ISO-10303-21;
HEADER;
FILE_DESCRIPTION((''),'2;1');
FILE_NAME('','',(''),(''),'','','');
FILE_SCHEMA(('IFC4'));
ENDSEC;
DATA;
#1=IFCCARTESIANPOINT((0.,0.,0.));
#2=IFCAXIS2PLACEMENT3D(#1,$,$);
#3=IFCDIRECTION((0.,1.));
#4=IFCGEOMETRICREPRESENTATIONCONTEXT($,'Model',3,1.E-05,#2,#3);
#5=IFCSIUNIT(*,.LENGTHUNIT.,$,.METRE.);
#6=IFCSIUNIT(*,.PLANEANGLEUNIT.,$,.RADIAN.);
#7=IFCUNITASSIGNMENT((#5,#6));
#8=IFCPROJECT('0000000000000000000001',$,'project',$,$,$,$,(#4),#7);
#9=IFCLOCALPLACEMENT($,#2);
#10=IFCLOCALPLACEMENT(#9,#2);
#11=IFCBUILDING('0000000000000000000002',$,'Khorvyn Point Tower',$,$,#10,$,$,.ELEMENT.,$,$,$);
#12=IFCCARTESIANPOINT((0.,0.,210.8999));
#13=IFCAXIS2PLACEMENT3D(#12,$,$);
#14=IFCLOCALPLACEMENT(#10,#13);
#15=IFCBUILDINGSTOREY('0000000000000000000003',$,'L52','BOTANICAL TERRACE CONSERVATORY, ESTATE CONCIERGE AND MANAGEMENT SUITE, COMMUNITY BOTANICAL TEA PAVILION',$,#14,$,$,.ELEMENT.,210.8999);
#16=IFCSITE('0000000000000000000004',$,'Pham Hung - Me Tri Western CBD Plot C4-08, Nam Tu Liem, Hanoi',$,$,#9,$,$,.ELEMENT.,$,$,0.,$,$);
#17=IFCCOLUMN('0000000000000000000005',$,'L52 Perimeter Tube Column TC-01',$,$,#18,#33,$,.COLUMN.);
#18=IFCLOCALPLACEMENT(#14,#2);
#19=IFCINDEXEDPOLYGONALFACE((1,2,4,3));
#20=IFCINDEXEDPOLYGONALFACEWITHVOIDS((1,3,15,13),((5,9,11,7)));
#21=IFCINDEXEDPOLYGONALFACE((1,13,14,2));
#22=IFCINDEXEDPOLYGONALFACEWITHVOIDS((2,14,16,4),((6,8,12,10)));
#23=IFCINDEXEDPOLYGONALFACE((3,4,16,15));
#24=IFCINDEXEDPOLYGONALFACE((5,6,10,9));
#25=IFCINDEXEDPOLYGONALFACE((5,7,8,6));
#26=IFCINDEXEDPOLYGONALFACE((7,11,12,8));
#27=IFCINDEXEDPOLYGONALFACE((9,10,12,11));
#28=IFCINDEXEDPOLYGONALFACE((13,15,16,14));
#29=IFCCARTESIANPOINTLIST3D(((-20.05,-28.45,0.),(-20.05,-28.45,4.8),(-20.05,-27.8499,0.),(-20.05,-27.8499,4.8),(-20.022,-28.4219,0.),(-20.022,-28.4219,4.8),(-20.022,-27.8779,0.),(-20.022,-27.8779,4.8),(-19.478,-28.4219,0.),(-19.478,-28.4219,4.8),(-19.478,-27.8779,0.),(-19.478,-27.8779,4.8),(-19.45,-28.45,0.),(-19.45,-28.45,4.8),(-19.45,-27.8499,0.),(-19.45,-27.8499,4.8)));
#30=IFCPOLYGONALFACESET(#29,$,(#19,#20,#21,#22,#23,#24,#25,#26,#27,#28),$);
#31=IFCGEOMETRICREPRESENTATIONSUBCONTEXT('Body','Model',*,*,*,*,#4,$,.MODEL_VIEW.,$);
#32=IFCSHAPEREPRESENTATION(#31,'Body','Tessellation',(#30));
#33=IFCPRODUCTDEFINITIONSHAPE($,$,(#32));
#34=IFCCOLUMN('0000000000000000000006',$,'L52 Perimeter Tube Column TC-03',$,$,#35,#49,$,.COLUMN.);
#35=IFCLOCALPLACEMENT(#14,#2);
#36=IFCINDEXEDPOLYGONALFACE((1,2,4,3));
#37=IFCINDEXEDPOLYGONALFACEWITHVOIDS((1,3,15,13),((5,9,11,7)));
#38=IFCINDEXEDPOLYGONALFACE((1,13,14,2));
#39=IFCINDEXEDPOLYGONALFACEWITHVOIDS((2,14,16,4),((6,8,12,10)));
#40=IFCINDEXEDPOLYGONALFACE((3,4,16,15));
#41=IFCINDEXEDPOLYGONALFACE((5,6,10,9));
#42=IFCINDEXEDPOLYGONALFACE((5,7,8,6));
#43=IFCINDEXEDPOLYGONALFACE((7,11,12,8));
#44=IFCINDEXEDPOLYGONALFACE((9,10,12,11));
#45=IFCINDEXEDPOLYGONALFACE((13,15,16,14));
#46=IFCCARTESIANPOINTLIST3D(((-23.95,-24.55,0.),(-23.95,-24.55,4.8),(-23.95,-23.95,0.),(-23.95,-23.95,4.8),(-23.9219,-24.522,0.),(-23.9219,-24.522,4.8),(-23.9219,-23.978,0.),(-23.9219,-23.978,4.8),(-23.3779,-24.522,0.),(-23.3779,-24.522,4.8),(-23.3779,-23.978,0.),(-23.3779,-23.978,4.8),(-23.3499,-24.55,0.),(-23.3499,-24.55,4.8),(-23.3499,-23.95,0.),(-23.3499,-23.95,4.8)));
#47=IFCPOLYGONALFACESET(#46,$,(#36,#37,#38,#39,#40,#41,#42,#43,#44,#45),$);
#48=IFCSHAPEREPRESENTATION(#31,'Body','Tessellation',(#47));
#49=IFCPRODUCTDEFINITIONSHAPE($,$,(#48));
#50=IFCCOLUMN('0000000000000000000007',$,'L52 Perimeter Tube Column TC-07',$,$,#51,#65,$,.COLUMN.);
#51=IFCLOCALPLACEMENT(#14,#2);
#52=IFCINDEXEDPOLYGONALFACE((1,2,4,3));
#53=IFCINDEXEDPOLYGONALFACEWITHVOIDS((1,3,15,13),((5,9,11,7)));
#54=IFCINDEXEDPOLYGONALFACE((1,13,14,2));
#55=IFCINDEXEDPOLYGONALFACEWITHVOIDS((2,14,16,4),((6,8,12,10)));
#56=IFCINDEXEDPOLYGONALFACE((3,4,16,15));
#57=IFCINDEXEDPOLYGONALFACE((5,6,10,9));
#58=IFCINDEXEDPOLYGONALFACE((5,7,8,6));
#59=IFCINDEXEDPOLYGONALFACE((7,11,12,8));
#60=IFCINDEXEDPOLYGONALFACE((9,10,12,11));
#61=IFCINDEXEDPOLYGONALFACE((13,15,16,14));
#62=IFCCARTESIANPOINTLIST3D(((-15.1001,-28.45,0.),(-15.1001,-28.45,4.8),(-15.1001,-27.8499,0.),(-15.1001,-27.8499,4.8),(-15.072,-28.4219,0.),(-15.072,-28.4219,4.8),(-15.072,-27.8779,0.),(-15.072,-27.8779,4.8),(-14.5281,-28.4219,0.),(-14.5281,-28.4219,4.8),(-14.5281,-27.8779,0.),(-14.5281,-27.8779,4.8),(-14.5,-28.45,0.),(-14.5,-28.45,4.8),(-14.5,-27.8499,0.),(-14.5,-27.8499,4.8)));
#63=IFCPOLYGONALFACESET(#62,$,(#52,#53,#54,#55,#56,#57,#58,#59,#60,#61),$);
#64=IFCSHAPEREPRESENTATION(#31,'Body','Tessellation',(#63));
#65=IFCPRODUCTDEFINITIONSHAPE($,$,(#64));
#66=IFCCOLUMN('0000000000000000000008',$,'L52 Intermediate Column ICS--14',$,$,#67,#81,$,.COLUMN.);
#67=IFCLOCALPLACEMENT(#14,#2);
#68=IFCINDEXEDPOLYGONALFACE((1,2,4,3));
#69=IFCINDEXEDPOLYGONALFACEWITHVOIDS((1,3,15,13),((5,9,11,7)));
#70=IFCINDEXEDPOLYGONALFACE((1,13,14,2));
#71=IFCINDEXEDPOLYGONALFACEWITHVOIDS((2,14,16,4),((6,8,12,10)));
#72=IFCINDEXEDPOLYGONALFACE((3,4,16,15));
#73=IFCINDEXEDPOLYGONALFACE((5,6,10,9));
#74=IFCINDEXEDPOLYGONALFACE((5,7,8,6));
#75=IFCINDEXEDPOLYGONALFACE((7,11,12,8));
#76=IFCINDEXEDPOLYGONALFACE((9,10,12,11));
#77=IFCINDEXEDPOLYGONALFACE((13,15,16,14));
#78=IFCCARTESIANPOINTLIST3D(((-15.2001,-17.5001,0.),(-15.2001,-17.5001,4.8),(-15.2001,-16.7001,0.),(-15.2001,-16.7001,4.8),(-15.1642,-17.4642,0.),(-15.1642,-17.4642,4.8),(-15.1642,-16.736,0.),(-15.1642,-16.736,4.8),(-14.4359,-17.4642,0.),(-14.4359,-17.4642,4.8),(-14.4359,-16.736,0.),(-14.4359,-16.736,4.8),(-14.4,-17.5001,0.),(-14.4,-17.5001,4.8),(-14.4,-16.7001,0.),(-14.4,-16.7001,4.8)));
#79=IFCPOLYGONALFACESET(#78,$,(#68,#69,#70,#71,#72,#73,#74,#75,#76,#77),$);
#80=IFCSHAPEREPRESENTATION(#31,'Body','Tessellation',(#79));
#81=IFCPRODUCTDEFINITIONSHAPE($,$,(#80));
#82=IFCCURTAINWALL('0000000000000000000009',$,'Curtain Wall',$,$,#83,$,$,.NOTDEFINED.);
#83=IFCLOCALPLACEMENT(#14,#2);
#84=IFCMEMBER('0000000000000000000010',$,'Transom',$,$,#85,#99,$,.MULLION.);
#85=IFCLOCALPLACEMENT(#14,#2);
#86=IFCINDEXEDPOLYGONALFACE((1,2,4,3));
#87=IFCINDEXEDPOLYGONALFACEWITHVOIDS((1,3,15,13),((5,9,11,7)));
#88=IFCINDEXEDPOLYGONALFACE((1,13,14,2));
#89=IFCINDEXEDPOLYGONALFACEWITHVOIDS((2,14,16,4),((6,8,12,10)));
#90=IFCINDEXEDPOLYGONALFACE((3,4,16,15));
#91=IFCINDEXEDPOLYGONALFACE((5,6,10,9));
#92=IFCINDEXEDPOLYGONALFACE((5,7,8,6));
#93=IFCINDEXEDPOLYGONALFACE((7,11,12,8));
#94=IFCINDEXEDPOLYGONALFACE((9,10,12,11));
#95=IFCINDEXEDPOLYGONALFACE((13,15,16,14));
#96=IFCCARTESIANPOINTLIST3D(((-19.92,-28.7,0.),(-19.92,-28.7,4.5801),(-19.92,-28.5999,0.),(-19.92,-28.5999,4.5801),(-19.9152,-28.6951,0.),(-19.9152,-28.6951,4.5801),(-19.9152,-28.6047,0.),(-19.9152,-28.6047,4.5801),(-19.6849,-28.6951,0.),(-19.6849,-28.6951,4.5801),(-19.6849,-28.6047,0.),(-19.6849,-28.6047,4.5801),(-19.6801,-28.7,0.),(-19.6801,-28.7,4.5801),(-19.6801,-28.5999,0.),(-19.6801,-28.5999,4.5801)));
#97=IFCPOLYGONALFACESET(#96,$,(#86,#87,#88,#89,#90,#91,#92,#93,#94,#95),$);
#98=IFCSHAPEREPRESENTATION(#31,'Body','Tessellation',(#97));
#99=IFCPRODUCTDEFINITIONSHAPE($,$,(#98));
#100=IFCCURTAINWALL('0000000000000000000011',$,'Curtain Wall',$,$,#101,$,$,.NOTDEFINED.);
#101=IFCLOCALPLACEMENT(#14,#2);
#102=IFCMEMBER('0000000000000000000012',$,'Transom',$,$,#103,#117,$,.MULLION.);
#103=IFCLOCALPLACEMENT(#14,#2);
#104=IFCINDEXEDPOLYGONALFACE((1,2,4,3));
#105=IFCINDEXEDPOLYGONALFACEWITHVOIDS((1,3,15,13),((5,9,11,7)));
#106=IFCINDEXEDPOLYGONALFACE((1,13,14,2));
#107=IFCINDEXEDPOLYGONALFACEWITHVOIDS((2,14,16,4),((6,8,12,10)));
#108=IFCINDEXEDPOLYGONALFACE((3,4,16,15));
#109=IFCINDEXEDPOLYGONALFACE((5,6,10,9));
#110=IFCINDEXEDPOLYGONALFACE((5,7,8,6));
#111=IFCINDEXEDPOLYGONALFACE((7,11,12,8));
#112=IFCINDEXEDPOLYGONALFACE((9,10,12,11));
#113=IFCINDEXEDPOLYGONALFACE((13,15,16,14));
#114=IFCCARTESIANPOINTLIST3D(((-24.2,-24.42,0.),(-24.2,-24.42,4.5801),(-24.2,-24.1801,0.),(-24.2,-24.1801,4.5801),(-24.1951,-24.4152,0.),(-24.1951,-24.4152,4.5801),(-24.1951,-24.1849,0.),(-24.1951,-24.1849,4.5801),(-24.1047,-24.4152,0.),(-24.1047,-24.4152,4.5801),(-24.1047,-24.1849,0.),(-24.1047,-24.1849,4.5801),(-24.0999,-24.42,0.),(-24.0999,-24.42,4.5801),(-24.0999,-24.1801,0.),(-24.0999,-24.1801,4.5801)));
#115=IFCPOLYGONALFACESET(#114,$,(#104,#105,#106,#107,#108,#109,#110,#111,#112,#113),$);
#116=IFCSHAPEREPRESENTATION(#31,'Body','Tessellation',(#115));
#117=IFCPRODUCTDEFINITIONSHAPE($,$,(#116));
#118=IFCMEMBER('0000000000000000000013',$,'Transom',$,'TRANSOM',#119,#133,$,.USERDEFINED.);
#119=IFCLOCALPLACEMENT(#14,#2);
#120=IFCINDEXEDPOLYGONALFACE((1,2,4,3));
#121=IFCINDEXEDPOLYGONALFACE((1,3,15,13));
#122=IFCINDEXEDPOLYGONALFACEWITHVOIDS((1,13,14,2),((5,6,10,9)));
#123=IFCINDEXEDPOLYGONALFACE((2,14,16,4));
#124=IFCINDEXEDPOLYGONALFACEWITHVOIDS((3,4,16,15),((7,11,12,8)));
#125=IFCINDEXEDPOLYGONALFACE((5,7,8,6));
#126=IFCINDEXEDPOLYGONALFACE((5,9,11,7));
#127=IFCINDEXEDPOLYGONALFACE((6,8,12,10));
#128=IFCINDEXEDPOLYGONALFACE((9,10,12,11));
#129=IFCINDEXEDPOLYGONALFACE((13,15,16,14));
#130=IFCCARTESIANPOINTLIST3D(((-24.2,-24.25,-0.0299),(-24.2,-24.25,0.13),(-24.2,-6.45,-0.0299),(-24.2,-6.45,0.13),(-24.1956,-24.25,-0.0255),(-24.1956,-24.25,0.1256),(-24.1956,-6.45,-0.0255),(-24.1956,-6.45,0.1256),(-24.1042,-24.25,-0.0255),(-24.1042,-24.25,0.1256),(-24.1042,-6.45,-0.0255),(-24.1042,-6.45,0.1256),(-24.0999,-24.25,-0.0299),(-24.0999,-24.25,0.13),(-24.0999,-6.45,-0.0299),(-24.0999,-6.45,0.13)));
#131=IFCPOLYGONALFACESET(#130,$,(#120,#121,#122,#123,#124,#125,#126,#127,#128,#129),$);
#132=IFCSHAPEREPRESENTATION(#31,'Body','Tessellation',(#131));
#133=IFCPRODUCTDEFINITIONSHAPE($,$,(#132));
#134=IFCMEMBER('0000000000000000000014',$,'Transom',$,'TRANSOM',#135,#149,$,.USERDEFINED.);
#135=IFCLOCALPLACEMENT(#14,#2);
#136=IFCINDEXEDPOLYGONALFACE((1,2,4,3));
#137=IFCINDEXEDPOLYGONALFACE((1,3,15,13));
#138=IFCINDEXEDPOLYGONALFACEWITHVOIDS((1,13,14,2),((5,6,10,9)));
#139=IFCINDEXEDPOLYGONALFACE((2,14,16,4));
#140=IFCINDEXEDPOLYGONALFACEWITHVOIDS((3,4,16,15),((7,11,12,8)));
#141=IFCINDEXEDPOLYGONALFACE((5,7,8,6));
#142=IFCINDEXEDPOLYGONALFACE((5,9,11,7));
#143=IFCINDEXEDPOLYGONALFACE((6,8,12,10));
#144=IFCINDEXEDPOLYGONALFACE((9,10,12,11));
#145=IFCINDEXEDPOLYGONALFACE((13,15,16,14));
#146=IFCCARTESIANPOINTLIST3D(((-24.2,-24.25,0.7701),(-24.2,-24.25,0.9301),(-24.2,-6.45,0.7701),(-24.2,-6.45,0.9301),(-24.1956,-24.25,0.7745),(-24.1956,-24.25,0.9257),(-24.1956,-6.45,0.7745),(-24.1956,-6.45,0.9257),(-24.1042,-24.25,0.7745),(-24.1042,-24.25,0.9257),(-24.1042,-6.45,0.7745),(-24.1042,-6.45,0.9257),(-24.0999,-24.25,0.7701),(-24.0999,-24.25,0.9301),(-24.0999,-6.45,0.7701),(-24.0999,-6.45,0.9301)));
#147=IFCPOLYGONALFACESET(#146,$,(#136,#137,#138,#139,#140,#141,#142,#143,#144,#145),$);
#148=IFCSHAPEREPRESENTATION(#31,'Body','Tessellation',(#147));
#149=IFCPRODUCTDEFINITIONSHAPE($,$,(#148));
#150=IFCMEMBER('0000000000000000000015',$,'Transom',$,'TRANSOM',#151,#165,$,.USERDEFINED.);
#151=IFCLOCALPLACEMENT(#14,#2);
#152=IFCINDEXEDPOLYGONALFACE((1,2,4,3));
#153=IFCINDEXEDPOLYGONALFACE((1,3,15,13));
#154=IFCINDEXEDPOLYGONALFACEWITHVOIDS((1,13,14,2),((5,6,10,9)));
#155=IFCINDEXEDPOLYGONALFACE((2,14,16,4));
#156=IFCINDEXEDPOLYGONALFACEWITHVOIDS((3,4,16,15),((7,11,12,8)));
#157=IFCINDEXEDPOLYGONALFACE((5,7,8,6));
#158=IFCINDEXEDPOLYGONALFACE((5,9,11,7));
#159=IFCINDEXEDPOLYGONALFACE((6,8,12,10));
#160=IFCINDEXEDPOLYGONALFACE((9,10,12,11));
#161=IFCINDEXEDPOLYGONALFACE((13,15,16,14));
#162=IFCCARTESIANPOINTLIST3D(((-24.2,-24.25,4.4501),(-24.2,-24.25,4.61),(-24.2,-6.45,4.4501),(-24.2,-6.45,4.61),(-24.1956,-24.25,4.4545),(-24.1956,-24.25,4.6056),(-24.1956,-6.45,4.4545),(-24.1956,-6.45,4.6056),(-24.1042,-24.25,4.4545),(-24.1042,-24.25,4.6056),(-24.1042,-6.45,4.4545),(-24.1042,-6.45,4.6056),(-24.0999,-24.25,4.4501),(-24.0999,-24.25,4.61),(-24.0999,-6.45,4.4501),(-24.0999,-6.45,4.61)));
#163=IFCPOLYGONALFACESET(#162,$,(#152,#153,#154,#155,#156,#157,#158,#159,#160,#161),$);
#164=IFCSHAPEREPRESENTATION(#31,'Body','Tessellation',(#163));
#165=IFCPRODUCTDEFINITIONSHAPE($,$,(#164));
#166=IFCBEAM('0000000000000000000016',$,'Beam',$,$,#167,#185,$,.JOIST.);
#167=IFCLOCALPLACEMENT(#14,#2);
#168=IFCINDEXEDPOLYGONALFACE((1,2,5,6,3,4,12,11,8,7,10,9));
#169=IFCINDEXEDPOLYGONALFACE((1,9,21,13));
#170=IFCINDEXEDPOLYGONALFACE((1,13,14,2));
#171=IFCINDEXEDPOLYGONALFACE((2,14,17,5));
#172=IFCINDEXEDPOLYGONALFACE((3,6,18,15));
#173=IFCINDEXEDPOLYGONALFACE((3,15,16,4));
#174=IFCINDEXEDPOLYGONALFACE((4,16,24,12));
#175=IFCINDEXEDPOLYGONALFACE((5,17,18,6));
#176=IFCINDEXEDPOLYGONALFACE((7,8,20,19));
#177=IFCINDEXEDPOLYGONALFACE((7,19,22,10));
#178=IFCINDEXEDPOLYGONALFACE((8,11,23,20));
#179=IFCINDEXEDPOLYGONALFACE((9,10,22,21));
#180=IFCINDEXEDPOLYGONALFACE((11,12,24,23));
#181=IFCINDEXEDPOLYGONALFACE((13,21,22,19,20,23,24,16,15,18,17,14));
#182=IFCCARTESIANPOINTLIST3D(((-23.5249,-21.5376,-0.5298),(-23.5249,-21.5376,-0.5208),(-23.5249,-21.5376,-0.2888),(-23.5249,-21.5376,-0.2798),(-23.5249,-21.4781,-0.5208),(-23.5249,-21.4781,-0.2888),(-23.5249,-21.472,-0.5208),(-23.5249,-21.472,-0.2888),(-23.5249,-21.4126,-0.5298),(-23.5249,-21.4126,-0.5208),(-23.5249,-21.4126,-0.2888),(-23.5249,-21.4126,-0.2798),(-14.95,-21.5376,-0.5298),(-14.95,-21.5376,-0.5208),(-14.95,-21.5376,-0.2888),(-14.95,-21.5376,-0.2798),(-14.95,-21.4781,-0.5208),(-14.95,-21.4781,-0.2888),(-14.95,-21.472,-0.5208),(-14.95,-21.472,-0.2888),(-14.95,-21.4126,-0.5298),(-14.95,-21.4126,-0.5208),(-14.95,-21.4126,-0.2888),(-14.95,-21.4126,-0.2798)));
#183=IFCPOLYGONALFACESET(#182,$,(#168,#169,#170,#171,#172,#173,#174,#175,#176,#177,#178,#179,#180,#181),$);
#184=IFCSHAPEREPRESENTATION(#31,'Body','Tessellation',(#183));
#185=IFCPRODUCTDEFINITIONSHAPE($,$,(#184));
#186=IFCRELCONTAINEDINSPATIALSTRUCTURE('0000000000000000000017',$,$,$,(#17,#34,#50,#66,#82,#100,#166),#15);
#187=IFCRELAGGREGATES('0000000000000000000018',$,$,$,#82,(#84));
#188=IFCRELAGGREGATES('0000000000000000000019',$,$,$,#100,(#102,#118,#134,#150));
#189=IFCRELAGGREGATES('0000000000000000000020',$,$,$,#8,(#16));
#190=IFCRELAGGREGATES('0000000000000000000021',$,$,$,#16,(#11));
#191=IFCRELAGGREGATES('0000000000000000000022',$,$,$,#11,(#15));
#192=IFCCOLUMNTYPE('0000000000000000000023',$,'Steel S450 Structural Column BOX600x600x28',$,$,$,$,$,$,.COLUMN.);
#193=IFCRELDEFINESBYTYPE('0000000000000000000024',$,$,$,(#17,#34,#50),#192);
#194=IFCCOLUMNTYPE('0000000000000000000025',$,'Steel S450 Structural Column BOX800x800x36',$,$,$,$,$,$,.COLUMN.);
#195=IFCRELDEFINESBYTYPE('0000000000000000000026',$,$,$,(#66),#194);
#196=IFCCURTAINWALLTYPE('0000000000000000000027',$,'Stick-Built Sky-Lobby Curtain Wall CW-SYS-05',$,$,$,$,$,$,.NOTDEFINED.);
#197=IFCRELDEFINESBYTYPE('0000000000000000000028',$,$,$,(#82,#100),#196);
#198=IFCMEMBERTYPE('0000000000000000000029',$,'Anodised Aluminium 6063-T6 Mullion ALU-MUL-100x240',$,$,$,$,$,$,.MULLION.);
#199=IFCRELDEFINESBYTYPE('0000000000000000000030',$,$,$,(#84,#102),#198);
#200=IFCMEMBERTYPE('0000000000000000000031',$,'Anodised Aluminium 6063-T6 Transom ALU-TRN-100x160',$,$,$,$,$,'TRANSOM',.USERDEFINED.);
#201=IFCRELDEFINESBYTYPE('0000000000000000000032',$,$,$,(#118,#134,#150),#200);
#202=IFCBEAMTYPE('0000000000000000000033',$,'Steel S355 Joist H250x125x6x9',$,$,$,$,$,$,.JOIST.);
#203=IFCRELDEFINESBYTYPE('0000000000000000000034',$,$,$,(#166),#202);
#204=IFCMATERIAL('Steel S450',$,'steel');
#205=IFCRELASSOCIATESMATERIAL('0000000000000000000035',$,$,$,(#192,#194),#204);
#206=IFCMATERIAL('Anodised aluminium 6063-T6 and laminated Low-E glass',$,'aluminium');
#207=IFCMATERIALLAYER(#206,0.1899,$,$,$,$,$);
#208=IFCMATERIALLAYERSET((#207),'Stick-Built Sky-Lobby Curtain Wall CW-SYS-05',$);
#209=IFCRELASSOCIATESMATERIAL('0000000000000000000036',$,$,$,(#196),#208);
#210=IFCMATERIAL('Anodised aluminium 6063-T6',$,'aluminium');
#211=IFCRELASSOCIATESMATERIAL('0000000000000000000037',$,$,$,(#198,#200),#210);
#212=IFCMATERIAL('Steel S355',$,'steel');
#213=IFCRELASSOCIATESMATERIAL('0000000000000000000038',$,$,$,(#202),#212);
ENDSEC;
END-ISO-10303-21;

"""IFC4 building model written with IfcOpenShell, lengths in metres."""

from ifc_helpers import new_model, si_unit, direction, frame, origin, origin_2d, place, context, subcontext, project, spatial, hollow_rectangle, i_section, extrude, material, layer, layer_set, material_profile, profile_set, type_object, element, aggregate, save


model = new_model("IFC4")

# Units and contexts
model_context = context("Model", 3, precision=1e-05, world=origin(), true_north=direction((0.0, 1.0)))
body_context = subcontext(model_context, "Body", "Model", "MODEL_VIEW")
ifc_project = project(units=[si_unit("LENGTHUNIT", "METRE"), si_unit("PLANEANGLEUNIT", "RADIAN")], contexts=[model_context])

# Site, building, storey
site_placement = place(None, origin())
site = spatial("IfcSite", under=ifc_project, at=site_placement, Name="Pham Hung - Me Tri Western CBD Plot C4-08, Nam Tu Liem, Hanoi", CompositionType="ELEMENT", RefElevation=0.0)
building_placement = place(site_placement, origin())
building = spatial("IfcBuilding", under=site, at=building_placement, Name="Khorvyn Point Tower", CompositionType="ELEMENT")
storey_placement = place(building_placement, frame((0.0, 0.0, 210.8999)))
storey = spatial("IfcBuildingStorey", under=building, at=storey_placement, Name="L52", Description="BOTANICAL TERRACE CONSERVATORY, ESTATE CONCIERGE AND MANAGEMENT SUITE, COMMUNITY BOTANICAL TEA PAVILION", CompositionType="ELEMENT", Elevation=210.8999)

# Columns
ifc_material_1 = material(Name="Steel S450", Category="steel")
ifc_material_profile_1 = material_profile(ifc_material_1, hollow_rectangle(XDim=0.6001, YDim=0.6001, WallThickness=0.0281, at=origin_2d()))
ifc_profile_set_1 = profile_set([ifc_material_profile_1], Name="Steel S450 BOX600x600x28")
column_type_1 = type_object("IfcColumnType", Name="Steel S450 Structural Column BOX600x600x28", PredefinedType="COLUMN", material=ifc_profile_set_1)
for number, where, z_axis, x_axis, name in (
    (1, (-19.75, -28.1499, 0.0), (0.0, 0.0, 1.0), (1.0, 0.0, 0.0), "L52 Perimeter Tube Column TC-01"),
    (2, (-23.6499, -24.25, 0.0), (0.0, 0.0, 1.0), (1.0, 0.0, 0.0), "L52 Perimeter Tube Column TC-03"),
    (3, (-14.8, -28.1499, 0.0), (0.0, 0.0, 1.0), (1.0, 0.0, 0.0), "L52 Perimeter Tube Column TC-07"),
):
    element("IfcColumn", number, at=place(storey_placement, frame(where, z_axis=z_axis, x_axis=x_axis)), inside=storey, type_object=column_type_1, Name=name, PredefinedType="COLUMN", context=body_context, shape_type="SweptSolid", body=[
        extrude(hollow_rectangle(XDim=0.6001, YDim=0.6001, WallThickness=0.0281, at=origin_2d()), origin(), (0.0, 0.0, 1.0), 4.8),
    ])
ifc_material_profile_2 = material_profile(ifc_material_1, hollow_rectangle(XDim=0.8, YDim=0.8, WallThickness=0.0359, at=origin_2d()))
ifc_profile_set_2 = profile_set([ifc_material_profile_2], Name="Steel S450 BOX800x800x36")
column_type_2 = type_object("IfcColumnType", Name="Steel S450 Structural Column BOX800x800x36", PredefinedType="COLUMN", material=ifc_profile_set_2)
column_placement = place(storey_placement, frame((-14.8, -17.1001, 0.0), z_axis=(0.0, 0.0, 1.0), x_axis=(1.0, 0.0, 0.0)))
element("IfcColumn", 4, at=column_placement, inside=storey, type_object=column_type_2, Name="L52 Intermediate Column ICS--14", PredefinedType="COLUMN", context=body_context, shape_type="SweptSolid", body=[
    extrude(hollow_rectangle(XDim=0.8, YDim=0.8, WallThickness=0.0359, at=origin_2d()), origin(), (0.0, 0.0, 1.0), 4.8),
])

# Curtain wall, member
ifc_material_2 = material(Name="Anodised aluminium 6063-T6 and laminated Low-E glass", Category="aluminium")
ifc_layer_1 = layer(ifc_material_2, 0.1899)
ifc_layer_set_1 = layer_set([ifc_layer_1], Name="Stick-Built Sky-Lobby Curtain Wall CW-SYS-05")
curtain_wall_type = type_object("IfcCurtainWallType", Name="Stick-Built Sky-Lobby Curtain Wall CW-SYS-05", PredefinedType="NOTDEFINED", material=ifc_layer_set_1)
curtain_wall_1_placement = place(storey_placement, origin())
curtain_wall_1 = element("IfcCurtainWall", 5, at=curtain_wall_1_placement, inside=storey, type_object=curtain_wall_type, Name="Curtain Wall", PredefinedType="NOTDEFINED")
ifc_material_3 = material(Name="Anodised aluminium 6063-T6", Category="aluminium")
ifc_material_profile_3 = material_profile(ifc_material_3, hollow_rectangle(XDim=0.1001, YDim=0.24, WallThickness=0.0049, at=origin_2d()))
ifc_profile_set_3 = profile_set([ifc_material_profile_3], Name="Anodised aluminium 6063-T6 ALU-MUL-100x240")
member_type_1 = type_object("IfcMemberType", Name="Anodised Aluminium 6063-T6 Mullion ALU-MUL-100x240", PredefinedType="MULLION", material=ifc_profile_set_3)
member_1_placement = place(storey_placement, frame((-19.8, -28.6499, 0.0), z_axis=(0.0, 0.0, 1.0), x_axis=(0.0, -1.0, 0.0)))
member_1 = element("IfcMember", 6, at=member_1_placement, type_object=member_type_1, Name="Transom", PredefinedType="MULLION", context=body_context, shape_type="SweptSolid", body=[
    extrude(hollow_rectangle(XDim=0.1001, YDim=0.24, WallThickness=0.0049, at=origin_2d()), origin(), (0.0, 0.0, 1.0), 4.5801),
])
aggregate(curtain_wall_1, [member_1])

# Curtain wall, members
curtain_wall_2_placement = place(storey_placement, origin())
curtain_wall_2 = element("IfcCurtainWall", 7, at=curtain_wall_2_placement, inside=storey, type_object=curtain_wall_type, Name="Curtain Wall", PredefinedType="NOTDEFINED")
member_2_placement = place(storey_placement, frame((-24.1499, -24.3, 0.0), z_axis=(0.0, 0.0, 1.0), x_axis=(-1.0, 0.0, 0.0)))
member_2 = element("IfcMember", 8, at=member_2_placement, type_object=member_type_1, Name="Transom", PredefinedType="MULLION", context=body_context, shape_type="SweptSolid", body=[
    extrude(hollow_rectangle(XDim=0.1001, YDim=0.24, WallThickness=0.0049, at=origin_2d()), origin(), (0.0, 0.0, 1.0), 4.5801),
])
ifc_material_profile_4 = material_profile(ifc_material_3, hollow_rectangle(XDim=0.1001, YDim=0.1599, WallThickness=0.0044, at=origin_2d()))
ifc_profile_set_4 = profile_set([ifc_material_profile_4], Name="Anodised aluminium 6063-T6 ALU-TRN-100x160")
member_type_2 = type_object("IfcMemberType", Name="Anodised Aluminium 6063-T6 Transom ALU-TRN-100x160", ElementType="TRANSOM", PredefinedType="USERDEFINED", material=ifc_profile_set_4)
member_3_placement = place(storey_placement, frame((-24.1499, -24.25, 0.05), z_axis=(0.0, 1.0, 0.0), x_axis=(-1.0, 0.0, 0.0)))
member_3 = element("IfcMember", 9, at=member_3_placement, type_object=member_type_2, Name="Transom", ObjectType="TRANSOM", PredefinedType="USERDEFINED", context=body_context, shape_type="SweptSolid", body=[
    extrude(hollow_rectangle(XDim=0.1001, YDim=0.1599, WallThickness=0.0044, at=origin_2d()), origin(), (0.0, 0.0, 1.0), 17.8),
])
member_4_placement = place(storey_placement, frame((-24.1499, -24.25, 0.8501), z_axis=(0.0, 1.0, 0.0), x_axis=(-1.0, 0.0, 0.0)))
member_4 = element("IfcMember", 10, at=member_4_placement, type_object=member_type_2, Name="Transom", ObjectType="TRANSOM", PredefinedType="USERDEFINED", context=body_context, shape_type="SweptSolid", body=[
    extrude(hollow_rectangle(XDim=0.1001, YDim=0.1599, WallThickness=0.0044, at=origin_2d()), origin(), (0.0, 0.0, 1.0), 17.8),
])
member_5_placement = place(storey_placement, frame((-24.1499, -24.25, 4.53), z_axis=(0.0, 1.0, 0.0), x_axis=(-1.0, 0.0, 0.0)))
member_5 = element("IfcMember", 11, at=member_5_placement, type_object=member_type_2, Name="Transom", ObjectType="TRANSOM", PredefinedType="USERDEFINED", context=body_context, shape_type="SweptSolid", body=[
    extrude(hollow_rectangle(XDim=0.1001, YDim=0.1599, WallThickness=0.0044, at=origin_2d()), origin(), (0.0, 0.0, 1.0), 17.8),
])
aggregate(curtain_wall_2, [member_2, member_3, member_4, member_5])

# Beam
ifc_material_4 = material(Name="Steel S355", Category="steel")
ifc_material_profile_5 = material_profile(ifc_material_4, i_section(OverallWidth=0.125, OverallDepth=0.25, WebThickness=0.0061, FlangeThickness=0.009, at=origin_2d()))
ifc_profile_set_5 = profile_set([ifc_material_profile_5], Name="Steel S355 H250x125x6x9")
beam_type_1 = type_object("IfcBeamType", Name="Steel S355 Joist H250x125x6x9", PredefinedType="JOIST", material=ifc_profile_set_5)
beam_1_placement = place(storey_placement, frame((-23.5249, -21.4751, -0.4048), z_axis=(1.0, 0.0, 0.0), x_axis=(0.0, 1.0, 0.0)))
element("IfcBeam", 12, at=beam_1_placement, inside=storey, type_object=beam_type_1, Name="Beam", PredefinedType="JOIST", context=body_context, shape_type="SweptSolid", body=[
    extrude(i_section(OverallWidth=0.125, OverallDepth=0.25, WebThickness=0.0061, FlangeThickness=0.009, at=origin_2d()), origin(), (0.0, 0.0, 1.0), 8.575),
])

save(model, "model.ifc")
